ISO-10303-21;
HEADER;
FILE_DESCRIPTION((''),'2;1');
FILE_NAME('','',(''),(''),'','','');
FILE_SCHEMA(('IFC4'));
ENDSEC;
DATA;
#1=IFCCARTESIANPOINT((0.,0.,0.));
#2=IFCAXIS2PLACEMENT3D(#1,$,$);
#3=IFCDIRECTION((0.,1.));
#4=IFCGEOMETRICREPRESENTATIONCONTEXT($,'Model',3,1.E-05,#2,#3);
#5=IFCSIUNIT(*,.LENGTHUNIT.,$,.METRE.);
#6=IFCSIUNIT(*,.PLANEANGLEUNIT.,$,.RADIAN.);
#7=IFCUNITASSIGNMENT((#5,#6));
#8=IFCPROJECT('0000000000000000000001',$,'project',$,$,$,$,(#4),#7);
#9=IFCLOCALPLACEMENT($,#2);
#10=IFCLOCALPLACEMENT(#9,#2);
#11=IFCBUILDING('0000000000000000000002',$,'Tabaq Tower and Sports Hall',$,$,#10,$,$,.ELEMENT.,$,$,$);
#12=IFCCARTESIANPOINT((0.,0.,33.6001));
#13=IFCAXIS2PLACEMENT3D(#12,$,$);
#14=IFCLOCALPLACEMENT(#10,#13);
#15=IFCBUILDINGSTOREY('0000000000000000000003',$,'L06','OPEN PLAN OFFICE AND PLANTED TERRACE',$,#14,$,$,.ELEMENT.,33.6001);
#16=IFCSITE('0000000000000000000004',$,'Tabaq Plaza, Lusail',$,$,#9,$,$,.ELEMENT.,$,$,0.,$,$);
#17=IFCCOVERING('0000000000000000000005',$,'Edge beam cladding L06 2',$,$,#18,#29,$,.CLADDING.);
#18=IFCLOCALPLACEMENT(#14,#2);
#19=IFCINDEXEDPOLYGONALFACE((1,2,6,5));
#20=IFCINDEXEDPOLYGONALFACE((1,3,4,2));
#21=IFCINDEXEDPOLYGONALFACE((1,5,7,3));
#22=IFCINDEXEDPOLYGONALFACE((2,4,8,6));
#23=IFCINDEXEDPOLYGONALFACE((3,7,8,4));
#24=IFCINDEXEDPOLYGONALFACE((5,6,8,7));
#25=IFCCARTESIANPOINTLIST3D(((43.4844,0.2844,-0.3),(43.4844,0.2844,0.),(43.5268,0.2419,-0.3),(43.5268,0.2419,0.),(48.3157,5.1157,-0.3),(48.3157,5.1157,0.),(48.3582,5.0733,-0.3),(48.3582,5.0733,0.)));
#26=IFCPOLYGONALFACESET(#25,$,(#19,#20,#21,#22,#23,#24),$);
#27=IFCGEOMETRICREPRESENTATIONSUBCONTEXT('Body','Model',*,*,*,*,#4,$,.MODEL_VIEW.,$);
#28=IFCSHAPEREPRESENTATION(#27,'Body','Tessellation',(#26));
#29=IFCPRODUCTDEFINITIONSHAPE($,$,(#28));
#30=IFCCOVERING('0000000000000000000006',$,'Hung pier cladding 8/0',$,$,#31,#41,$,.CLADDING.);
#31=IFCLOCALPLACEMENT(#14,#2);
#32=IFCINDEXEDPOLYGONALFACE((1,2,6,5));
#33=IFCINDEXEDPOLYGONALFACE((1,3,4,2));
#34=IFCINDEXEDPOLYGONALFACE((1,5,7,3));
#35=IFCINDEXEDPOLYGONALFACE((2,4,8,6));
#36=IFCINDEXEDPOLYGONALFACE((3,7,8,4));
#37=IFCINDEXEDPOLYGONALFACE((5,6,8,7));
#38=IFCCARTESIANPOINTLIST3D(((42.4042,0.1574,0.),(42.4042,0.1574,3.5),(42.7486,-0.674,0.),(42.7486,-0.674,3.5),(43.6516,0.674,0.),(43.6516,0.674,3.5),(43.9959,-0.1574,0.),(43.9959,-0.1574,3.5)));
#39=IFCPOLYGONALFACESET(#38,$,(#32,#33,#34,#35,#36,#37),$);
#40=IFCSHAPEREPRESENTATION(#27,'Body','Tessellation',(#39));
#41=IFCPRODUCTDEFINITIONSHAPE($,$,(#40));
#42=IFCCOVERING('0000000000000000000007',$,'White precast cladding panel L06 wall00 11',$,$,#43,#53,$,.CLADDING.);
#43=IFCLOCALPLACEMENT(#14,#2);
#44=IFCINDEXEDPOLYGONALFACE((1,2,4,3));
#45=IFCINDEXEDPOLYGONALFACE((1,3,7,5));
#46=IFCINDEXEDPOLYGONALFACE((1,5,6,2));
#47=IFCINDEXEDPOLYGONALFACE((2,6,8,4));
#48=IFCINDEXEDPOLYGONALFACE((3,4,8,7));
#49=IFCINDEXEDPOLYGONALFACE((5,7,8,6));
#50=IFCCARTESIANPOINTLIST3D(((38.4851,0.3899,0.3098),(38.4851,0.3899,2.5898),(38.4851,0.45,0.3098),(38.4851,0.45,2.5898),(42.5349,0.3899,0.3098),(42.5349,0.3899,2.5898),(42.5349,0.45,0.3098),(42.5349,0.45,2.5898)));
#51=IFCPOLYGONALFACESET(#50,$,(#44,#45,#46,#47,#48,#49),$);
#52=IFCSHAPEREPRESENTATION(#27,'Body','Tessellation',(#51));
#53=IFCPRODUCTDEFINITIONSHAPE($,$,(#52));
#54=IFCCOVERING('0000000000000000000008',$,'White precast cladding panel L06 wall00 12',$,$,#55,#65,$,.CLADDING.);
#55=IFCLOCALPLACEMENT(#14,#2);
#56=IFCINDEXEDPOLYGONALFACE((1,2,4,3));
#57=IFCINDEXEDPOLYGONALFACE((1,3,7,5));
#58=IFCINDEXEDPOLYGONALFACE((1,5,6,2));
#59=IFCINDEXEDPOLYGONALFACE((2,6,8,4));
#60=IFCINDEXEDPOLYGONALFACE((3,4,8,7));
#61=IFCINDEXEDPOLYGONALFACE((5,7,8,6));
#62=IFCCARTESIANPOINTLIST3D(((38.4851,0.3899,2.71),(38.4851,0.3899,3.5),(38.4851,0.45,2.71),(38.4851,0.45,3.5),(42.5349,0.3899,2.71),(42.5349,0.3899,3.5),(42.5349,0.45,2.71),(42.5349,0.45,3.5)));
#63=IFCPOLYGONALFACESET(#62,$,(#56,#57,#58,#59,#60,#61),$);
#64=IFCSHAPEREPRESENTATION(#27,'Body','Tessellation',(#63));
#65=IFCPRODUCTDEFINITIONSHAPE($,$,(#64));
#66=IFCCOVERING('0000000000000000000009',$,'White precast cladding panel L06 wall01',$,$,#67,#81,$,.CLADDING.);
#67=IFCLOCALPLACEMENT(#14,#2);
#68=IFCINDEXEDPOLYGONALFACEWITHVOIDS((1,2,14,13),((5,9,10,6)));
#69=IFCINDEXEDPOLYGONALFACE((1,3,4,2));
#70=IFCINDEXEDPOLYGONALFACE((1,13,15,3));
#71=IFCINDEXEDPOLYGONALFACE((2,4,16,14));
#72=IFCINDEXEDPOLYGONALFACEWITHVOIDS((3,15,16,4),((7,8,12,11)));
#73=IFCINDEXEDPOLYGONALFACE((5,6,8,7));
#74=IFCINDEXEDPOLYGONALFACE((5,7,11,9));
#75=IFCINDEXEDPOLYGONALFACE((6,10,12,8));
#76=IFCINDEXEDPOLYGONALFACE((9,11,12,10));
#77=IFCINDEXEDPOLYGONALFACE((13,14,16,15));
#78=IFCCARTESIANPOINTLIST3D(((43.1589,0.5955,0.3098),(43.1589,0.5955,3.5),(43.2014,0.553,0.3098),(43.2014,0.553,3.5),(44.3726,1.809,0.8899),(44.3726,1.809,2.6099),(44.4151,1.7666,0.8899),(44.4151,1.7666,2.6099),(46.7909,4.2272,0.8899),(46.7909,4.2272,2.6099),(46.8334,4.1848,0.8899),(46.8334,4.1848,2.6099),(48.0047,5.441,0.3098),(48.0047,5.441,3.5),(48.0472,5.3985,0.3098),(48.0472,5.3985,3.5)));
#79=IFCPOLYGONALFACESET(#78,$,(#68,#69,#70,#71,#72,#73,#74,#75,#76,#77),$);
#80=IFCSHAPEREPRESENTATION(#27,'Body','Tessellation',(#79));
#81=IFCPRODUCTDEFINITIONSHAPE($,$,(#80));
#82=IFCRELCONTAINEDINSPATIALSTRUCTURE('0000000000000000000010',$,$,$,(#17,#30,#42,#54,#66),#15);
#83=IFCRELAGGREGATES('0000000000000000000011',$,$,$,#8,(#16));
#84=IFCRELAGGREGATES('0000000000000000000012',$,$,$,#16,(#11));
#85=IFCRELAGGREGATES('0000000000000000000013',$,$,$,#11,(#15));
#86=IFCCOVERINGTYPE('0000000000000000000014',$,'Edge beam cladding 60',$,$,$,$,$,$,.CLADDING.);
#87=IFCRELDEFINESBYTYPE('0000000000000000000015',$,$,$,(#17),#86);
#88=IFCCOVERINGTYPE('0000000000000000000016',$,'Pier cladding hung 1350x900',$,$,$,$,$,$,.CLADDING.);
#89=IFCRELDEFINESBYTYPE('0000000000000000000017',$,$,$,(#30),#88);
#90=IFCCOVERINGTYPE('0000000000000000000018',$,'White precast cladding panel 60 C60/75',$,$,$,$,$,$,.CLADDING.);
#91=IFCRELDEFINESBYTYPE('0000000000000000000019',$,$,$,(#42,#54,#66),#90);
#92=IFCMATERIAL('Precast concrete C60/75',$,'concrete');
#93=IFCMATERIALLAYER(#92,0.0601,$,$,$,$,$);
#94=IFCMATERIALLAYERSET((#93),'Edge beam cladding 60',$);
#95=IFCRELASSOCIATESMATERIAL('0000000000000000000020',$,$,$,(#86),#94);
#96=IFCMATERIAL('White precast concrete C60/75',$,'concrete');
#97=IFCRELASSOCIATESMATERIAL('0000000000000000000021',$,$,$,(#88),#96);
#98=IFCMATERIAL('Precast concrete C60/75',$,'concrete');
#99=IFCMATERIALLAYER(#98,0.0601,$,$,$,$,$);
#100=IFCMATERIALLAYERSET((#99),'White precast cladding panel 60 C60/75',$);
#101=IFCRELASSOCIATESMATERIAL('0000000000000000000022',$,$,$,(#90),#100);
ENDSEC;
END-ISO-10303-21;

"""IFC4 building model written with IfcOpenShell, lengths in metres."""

from ifc_helpers import new_model, si_unit, direction, frame, frame_2d, origin, place, context, subcontext, project, spatial, polyline, rectangle, outline, extrude, material, layer, layer_set, type_object, element, save


model = new_model("IFC4")

# Units and contexts
model_context = context("Model", 3, precision=1e-05, world=origin(), true_north=direction((0.0, 1.0)))
body_context = subcontext(model_context, "Body", "Model", "MODEL_VIEW")
ifc_project = project(units=[si_unit("LENGTHUNIT", "METRE"), si_unit("PLANEANGLEUNIT", "RADIAN")], contexts=[model_context])

# Site, building, storey
site_placement = place(None, origin())
site = spatial("IfcSite", under=ifc_project, at=site_placement, Name="Tabaq Plaza, Lusail", CompositionType="ELEMENT", RefElevation=0.0)
building_placement = place(site_placement, origin())
building = spatial("IfcBuilding", under=site, at=building_placement, Name="Tabaq Tower and Sports Hall", CompositionType="ELEMENT")
storey_placement = place(building_placement, frame((0.0, 0.0, 33.6001)))
storey = spatial("IfcBuildingStorey", under=building, at=storey_placement, Name="L06", Description="OPEN PLAN OFFICE AND PLANTED TERRACE", CompositionType="ELEMENT", Elevation=33.6001)

# Coverings
ifc_material_1 = material(Name="Precast concrete C60/75", Category="concrete")
ifc_layer_1 = layer(ifc_material_1, 0.0601)
ifc_layer_set_1 = layer_set([ifc_layer_1], Name="Edge beam cladding 60")
covering_type_1 = type_object("IfcCoveringType", Name="Edge beam cladding 60", PredefinedType="CLADDING", material=ifc_layer_set_1)
covering_1_placement = place(storey_placement, frame((43.5056, 0.2632, -0.3), z_axis=(0.0, 0.0, 1.0), x_axis=(0.707107, 0.707107, 0.0)))
element("IfcCovering", 1, at=covering_1_placement, inside=storey, type_object=covering_type_1, Name="Edge beam cladding L06 2", PredefinedType="CLADDING", context=body_context, shape_type="SweptSolid", body=[
    extrude(rectangle(XDim=6.8325, YDim=0.0601, at=frame_2d((3.4163, 0.0))), origin(), (0.0, 0.0, 1.0), 0.3),
])
ifc_material_2 = material(Name="White precast concrete C60/75", Category="concrete")
covering_type_2 = type_object("IfcCoveringType", Name="Pier cladding hung 1350x900", PredefinedType="CLADDING", material=ifc_material_2)
covering_2_placement = place(storey_placement, frame((42.5764, -0.2583, 0.0), z_axis=(0.0, 0.0, 1.0), x_axis=(0.923893, 0.38265, 0.0)))
element("IfcCovering", 2, at=covering_2_placement, inside=storey, type_object=covering_type_2, Name="Hung pier cladding 8/0", PredefinedType="CLADDING", context=body_context, shape_type="SweptSolid", body=[
    extrude(rectangle(XDim=1.3501, YDim=0.8999, at=frame_2d((0.675, 0.0))), origin(), (0.0, 0.0, 1.0), 3.5),
])
ifc_material_3 = material(Name="Precast concrete C60/75", Category="concrete")
ifc_layer_2 = layer(ifc_material_3, 0.0601)
ifc_layer_set_2 = layer_set([ifc_layer_2], Name="White precast cladding panel 60 C60/75")
covering_type_3 = type_object("IfcCoveringType", Name="White precast cladding panel 60 C60/75", PredefinedType="CLADDING", material=ifc_layer_set_2)
covering_3_placement = place(storey_placement, frame((38.4851, 0.4199, 0.3098), z_axis=(0.0, 0.0, 1.0), x_axis=(1.0, 0.0, 0.0)))
element("IfcCovering", 3, at=covering_3_placement, inside=storey, type_object=covering_type_3, Name="White precast cladding panel L06 wall00 11", PredefinedType="CLADDING", context=body_context, shape_type="SweptSolid", body=[
    extrude(rectangle(XDim=4.0498, YDim=0.0601, at=frame_2d((2.0249, 0.0))), origin(), (0.0, 0.0, 1.0), 2.28),
])
covering_4_placement = place(storey_placement, frame((38.4851, 0.4199, 2.71), z_axis=(0.0, 0.0, 1.0), x_axis=(1.0, 0.0, 0.0)))
element("IfcCovering", 4, at=covering_4_placement, inside=storey, type_object=covering_type_3, Name="White precast cladding panel L06 wall00 12", PredefinedType="CLADDING", context=body_context, shape_type="SweptSolid", body=[
    extrude(rectangle(XDim=4.0498, YDim=0.0601, at=frame_2d((2.0249, 0.0))), origin(), (0.0, 0.0, 1.0), 0.79),
])
covering_5_placement = place(storey_placement, frame((43.1802, 0.5742, 0.3098), z_axis=(0.0, 0.0, 1.0), x_axis=(0.707125, 0.707089, 0.0)))
element("IfcCovering", 5, at=covering_5_placement, inside=storey, type_object=covering_type_3, Name="White precast cladding panel L06 wall01", PredefinedType="CLADDING", context=body_context, shape_type="SweptSolid", body=[
    extrude(outline(polyline([(0.0, 0.0), (6.8528, 0.0), (6.8528, 3.1902), (0.0, 3.1902), (0.0, 0.0)]), holes=[polyline([(1.7163, 0.5801), (1.7163, 2.3), (5.1362, 2.3), (5.1362, 0.5801), (1.7163, 0.5801)])]), frame((0.0, 0.03, 0.0), z_axis=(0.0, -1.0, 0.0), x_axis=(1.0, 0.0, 0.0)), (0.0, 0.0, 1.0), 0.0601),
])

save(model, "model.ifc")
